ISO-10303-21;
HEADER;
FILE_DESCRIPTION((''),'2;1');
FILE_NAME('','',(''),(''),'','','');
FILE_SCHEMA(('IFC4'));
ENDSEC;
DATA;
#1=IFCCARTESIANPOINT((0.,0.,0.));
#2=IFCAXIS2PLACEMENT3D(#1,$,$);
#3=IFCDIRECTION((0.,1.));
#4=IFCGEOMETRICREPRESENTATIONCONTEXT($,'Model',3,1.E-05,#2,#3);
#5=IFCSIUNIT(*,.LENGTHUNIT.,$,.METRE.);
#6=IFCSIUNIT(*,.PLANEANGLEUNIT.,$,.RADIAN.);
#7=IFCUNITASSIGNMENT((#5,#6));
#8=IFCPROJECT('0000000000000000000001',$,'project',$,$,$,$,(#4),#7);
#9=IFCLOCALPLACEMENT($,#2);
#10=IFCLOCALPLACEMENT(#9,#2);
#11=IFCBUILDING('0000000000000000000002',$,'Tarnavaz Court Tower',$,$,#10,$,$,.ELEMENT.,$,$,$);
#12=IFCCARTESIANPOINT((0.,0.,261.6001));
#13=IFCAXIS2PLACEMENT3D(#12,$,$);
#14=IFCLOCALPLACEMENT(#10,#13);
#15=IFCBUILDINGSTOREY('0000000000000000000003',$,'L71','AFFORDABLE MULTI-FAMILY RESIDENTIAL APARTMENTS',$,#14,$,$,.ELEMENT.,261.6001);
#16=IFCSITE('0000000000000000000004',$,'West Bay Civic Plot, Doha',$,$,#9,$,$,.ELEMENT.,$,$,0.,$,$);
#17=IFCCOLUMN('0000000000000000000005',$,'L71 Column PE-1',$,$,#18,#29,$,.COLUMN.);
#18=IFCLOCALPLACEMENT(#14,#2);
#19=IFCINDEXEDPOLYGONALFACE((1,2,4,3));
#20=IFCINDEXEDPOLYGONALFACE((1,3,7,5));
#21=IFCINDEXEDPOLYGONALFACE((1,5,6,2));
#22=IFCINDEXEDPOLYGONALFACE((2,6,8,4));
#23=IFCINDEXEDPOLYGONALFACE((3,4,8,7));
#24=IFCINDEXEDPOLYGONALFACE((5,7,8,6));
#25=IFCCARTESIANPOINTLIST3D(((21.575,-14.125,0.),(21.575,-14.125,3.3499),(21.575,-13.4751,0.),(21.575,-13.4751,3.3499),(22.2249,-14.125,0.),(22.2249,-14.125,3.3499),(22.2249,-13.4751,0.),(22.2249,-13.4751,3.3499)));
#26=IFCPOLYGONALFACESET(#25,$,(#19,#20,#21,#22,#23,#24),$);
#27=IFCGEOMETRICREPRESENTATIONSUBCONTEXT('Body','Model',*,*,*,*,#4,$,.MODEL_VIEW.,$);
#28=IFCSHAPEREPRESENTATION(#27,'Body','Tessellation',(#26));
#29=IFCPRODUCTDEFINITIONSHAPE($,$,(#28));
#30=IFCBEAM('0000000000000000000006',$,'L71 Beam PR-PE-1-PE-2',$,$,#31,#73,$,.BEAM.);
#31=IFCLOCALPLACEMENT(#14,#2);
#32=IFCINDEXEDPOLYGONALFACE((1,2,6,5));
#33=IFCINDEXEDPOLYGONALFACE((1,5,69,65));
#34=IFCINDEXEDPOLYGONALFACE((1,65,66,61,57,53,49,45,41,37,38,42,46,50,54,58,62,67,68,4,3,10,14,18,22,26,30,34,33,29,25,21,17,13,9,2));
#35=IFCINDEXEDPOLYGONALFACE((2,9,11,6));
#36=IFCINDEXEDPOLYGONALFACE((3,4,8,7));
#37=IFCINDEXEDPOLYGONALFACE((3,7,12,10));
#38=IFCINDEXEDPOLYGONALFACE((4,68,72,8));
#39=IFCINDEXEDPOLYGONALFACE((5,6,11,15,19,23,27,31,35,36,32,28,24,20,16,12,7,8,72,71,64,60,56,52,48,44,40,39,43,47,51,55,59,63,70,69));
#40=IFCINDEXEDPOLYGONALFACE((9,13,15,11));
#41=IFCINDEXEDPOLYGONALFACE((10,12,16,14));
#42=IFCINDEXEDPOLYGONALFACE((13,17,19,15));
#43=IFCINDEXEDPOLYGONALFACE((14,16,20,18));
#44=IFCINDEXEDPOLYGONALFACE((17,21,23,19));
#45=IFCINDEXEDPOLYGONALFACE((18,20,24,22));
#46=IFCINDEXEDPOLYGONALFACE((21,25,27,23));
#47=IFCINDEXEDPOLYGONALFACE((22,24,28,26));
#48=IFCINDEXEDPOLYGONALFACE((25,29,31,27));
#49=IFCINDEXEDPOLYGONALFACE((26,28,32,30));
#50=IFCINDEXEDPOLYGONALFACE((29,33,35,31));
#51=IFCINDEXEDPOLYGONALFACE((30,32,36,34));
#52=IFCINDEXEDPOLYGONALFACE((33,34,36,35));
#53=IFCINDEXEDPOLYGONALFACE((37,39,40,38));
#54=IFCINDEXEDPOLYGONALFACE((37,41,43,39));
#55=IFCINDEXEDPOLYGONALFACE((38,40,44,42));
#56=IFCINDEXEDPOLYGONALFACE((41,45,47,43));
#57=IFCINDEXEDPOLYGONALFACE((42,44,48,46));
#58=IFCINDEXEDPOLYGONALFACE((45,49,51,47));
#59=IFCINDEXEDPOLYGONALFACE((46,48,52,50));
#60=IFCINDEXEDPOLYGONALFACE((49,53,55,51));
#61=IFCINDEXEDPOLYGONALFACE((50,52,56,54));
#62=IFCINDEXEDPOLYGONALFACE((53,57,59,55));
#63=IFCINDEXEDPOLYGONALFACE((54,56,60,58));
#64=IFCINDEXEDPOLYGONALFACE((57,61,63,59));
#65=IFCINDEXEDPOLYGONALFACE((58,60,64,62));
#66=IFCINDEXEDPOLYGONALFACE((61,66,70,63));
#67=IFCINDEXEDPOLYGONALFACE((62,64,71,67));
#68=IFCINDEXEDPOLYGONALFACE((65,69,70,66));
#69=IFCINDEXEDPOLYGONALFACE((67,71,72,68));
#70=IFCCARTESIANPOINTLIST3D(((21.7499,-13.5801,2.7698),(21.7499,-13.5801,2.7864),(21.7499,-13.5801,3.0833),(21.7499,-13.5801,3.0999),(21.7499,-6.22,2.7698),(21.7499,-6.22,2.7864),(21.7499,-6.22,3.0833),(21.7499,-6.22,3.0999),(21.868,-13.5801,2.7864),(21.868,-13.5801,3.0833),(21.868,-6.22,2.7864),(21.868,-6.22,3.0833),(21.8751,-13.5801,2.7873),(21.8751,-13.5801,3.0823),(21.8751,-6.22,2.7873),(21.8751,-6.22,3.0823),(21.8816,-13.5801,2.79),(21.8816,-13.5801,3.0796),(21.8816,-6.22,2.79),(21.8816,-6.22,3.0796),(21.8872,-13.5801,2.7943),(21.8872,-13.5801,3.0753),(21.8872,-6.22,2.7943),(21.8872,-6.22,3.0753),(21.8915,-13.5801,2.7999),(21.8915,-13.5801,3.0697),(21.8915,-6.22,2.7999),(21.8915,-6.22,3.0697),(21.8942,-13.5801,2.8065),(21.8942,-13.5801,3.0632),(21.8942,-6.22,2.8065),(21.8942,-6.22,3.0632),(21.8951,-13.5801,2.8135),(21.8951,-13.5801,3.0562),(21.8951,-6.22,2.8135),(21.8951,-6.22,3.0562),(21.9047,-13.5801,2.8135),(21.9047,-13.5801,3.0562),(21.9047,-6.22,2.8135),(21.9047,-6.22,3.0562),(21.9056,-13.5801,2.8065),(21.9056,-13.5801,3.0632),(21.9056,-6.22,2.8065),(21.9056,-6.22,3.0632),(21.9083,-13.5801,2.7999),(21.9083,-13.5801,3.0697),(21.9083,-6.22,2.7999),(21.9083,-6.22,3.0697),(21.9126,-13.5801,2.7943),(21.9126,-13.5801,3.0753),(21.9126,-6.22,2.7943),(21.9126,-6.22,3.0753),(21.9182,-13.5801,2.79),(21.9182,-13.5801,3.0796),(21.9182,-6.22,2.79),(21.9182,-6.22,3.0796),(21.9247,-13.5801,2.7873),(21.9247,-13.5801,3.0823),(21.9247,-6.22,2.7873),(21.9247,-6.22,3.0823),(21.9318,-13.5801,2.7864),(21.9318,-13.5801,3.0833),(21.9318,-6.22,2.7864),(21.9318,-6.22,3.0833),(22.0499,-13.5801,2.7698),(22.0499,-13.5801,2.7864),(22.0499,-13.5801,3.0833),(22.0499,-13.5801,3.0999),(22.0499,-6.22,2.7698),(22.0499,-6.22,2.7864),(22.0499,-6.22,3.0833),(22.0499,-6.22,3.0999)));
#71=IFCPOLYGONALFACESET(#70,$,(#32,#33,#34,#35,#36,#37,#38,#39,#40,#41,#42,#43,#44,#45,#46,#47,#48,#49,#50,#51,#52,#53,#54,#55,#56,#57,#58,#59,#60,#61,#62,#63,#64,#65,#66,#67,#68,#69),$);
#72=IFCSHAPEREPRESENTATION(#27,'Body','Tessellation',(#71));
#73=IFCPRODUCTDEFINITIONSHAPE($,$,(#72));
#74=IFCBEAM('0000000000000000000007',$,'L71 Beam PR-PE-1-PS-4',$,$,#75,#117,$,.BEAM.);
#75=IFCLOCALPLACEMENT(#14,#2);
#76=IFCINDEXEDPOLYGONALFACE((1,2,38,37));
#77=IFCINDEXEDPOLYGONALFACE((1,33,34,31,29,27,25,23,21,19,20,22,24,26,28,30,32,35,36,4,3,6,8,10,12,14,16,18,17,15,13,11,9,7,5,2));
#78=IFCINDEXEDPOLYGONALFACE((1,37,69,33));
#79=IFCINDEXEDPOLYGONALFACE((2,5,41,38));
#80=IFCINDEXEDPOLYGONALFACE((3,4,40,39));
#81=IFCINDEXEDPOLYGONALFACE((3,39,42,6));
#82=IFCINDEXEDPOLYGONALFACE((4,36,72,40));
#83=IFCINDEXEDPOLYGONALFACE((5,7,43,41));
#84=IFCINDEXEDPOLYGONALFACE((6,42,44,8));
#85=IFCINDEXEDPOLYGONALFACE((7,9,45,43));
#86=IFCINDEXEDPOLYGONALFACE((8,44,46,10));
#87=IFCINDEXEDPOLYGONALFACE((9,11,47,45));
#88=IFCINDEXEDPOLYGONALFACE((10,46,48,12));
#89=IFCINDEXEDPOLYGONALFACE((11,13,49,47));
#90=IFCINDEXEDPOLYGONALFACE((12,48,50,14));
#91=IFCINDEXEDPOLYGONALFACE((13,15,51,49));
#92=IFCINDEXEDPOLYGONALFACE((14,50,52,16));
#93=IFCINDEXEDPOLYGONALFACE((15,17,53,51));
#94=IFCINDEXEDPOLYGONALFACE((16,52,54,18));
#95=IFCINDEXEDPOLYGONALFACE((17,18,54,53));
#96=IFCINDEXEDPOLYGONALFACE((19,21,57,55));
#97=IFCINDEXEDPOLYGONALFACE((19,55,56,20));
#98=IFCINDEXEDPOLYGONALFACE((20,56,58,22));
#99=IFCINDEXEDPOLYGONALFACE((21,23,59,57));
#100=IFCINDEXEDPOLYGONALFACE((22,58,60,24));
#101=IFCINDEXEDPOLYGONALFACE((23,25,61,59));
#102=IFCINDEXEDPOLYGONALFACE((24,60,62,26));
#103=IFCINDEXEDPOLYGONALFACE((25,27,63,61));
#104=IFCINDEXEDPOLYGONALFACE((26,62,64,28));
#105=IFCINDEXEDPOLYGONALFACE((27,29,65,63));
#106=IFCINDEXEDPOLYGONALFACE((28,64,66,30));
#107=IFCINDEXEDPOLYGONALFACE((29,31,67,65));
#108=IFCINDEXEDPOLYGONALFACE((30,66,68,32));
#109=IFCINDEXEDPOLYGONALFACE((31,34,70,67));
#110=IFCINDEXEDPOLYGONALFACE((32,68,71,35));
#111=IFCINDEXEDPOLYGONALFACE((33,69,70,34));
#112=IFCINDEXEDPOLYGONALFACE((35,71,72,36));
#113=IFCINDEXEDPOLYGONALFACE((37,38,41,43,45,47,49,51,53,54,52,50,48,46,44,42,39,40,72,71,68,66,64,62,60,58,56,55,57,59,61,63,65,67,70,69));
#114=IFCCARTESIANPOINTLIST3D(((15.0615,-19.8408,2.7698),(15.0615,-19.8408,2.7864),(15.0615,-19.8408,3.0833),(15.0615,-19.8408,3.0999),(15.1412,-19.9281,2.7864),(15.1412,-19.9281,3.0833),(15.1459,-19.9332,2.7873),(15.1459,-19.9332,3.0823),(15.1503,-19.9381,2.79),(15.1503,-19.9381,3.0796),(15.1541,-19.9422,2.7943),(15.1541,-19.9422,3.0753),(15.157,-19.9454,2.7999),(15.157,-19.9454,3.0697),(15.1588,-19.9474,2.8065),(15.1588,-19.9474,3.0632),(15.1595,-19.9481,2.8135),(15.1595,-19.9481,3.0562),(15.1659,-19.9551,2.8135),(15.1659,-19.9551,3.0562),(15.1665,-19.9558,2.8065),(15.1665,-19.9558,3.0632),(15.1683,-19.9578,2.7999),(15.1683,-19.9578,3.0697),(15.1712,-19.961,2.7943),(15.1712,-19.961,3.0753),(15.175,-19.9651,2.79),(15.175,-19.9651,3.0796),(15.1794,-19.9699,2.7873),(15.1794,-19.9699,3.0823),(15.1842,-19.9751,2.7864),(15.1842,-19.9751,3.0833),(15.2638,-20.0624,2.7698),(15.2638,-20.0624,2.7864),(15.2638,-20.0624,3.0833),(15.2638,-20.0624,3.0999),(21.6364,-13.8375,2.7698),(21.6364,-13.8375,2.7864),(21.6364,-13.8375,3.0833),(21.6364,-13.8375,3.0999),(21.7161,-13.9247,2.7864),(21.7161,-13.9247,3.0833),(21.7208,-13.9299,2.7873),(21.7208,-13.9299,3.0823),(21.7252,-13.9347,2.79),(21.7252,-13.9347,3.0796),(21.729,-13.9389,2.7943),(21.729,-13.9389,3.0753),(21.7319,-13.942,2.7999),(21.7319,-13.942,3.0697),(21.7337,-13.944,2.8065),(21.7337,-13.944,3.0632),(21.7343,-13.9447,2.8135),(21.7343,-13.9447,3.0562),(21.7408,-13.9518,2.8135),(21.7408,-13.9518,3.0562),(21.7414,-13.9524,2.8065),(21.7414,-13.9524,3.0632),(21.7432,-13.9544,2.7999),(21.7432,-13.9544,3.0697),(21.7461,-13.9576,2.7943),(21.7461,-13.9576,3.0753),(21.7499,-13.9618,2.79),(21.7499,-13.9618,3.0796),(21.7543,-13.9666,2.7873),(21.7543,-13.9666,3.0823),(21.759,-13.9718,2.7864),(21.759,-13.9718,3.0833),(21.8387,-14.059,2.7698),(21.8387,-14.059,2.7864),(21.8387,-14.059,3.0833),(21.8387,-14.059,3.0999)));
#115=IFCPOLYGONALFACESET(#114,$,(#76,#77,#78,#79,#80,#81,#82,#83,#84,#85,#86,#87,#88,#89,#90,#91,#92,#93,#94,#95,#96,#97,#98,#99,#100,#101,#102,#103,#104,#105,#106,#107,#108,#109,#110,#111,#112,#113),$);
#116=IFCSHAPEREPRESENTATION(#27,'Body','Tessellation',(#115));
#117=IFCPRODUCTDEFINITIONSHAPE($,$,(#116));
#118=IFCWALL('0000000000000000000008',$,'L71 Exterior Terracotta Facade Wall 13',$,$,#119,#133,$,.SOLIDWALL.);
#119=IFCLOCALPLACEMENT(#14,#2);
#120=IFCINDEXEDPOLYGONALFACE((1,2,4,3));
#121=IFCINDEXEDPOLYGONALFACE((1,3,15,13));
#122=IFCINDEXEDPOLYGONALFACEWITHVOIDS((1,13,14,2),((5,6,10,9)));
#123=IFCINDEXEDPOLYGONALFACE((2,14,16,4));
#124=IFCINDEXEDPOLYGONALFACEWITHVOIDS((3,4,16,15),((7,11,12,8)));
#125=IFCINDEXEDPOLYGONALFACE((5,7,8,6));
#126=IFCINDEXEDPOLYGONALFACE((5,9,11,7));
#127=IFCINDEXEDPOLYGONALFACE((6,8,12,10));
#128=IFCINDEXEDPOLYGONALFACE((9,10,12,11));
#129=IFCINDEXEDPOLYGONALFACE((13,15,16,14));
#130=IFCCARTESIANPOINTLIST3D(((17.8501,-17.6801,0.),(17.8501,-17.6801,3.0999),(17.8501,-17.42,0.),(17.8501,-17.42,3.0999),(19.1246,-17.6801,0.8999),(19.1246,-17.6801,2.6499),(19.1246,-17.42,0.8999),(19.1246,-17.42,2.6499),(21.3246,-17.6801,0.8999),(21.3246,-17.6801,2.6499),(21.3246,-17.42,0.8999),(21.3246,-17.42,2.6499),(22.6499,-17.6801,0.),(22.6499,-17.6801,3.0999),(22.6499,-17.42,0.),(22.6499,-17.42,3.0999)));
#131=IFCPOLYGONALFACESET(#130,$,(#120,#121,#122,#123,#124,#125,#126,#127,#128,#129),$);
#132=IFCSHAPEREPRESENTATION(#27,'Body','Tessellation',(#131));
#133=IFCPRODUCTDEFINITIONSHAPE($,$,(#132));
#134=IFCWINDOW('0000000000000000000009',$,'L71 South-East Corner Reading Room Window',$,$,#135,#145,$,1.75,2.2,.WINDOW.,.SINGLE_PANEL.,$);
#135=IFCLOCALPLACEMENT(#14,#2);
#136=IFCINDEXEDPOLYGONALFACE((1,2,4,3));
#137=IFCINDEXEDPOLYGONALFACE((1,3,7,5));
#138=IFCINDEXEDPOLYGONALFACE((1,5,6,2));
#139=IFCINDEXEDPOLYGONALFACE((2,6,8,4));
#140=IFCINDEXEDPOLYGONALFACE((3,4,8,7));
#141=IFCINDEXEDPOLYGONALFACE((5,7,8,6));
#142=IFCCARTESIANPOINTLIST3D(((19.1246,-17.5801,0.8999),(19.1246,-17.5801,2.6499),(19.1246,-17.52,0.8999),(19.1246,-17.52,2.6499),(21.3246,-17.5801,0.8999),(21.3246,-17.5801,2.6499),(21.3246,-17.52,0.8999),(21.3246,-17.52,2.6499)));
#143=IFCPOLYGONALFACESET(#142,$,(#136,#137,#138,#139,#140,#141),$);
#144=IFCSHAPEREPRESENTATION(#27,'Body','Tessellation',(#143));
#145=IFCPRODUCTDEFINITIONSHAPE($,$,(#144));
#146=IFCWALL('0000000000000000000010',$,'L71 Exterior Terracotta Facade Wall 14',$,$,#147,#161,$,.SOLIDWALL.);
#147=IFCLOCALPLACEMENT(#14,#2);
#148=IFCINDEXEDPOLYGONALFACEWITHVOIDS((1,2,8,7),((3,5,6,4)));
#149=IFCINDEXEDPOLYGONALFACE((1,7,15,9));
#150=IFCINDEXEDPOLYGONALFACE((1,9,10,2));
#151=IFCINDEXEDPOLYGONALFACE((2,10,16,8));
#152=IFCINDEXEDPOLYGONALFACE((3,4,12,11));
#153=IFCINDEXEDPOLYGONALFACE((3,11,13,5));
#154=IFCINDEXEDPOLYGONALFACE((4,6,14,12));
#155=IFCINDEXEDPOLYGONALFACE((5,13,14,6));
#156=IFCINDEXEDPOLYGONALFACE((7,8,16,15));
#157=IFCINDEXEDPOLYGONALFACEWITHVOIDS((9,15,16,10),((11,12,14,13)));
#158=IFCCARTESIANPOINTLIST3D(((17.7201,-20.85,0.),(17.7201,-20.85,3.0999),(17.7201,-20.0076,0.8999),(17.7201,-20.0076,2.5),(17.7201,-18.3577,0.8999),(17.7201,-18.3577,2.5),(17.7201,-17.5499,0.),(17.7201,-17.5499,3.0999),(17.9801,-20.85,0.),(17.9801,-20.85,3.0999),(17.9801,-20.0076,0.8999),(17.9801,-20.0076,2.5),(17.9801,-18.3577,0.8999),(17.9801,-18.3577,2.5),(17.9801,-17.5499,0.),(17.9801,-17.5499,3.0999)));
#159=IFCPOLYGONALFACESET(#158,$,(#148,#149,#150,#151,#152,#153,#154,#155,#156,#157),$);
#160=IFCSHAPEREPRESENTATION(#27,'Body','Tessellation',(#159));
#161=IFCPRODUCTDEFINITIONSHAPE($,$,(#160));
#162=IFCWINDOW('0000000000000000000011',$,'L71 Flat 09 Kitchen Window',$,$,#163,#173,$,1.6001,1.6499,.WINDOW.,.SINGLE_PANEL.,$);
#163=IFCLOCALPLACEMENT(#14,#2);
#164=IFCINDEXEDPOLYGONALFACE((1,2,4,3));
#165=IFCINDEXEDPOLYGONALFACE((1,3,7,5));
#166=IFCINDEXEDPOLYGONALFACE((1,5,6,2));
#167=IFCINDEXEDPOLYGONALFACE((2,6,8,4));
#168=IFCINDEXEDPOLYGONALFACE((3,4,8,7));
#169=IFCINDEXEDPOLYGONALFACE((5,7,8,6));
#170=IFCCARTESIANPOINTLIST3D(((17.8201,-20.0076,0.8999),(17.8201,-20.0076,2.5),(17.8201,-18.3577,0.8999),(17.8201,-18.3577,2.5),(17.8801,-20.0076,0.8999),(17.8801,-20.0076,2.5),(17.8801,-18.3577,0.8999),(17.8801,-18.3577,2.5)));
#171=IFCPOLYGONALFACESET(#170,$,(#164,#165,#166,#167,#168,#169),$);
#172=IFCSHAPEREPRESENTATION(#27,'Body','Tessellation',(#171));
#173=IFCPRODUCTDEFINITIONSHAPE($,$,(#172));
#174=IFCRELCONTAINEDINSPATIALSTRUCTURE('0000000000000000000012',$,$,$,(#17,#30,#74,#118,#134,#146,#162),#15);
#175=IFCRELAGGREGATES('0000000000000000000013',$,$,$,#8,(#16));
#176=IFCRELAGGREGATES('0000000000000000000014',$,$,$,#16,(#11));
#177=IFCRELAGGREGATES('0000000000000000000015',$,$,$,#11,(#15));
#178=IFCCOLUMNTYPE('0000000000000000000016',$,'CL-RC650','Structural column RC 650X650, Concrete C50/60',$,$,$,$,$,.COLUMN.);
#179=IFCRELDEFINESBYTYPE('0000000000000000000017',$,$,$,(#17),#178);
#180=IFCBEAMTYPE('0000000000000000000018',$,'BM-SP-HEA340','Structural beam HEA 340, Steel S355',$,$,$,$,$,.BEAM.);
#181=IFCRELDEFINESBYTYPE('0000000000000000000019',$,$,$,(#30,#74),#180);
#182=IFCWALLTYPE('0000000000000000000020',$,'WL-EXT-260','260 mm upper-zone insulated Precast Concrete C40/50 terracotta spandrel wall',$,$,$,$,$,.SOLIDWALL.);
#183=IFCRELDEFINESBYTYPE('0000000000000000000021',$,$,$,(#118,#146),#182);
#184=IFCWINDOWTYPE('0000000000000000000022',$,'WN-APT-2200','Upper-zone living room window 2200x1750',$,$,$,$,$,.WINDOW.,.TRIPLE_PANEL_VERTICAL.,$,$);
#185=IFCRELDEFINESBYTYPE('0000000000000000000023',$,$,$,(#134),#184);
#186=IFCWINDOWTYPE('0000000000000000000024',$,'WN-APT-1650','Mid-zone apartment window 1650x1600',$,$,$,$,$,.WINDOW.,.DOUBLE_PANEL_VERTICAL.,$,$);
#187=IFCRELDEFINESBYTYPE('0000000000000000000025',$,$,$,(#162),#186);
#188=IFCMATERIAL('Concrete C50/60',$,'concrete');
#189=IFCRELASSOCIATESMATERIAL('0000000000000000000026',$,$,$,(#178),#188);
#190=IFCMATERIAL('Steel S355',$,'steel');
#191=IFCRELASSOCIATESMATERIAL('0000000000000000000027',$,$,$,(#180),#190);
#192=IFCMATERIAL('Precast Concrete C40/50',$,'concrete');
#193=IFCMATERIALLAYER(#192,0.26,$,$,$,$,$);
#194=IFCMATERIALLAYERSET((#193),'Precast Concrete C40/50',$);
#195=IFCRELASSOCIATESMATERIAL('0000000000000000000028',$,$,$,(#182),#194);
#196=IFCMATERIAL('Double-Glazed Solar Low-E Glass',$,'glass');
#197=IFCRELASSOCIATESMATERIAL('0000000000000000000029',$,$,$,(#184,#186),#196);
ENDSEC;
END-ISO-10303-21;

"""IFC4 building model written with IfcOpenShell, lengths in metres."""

from ifc_helpers import new_model, si_unit, direction, frame, frame_2d, origin, origin_2d, place, context, subcontext, project, spatial, rectangle, i_section, extrude, material, layer, layer_set, material_profile, profile_set, type_object, element, fill, save


model = new_model("IFC4")

# Units and contexts
model_context = context("Model", 3, precision=1e-05, world=origin(), true_north=direction((0.0, 1.0)))
body_context = subcontext(model_context, "Body", "Model", "MODEL_VIEW")
ifc_project = project(units=[si_unit("LENGTHUNIT", "METRE"), si_unit("PLANEANGLEUNIT", "RADIAN")], contexts=[model_context])

# Site, building, storey
site_placement = place(None, origin())
site = spatial("IfcSite", under=ifc_project, at=site_placement, Name="West Bay Civic Plot, Doha", CompositionType="ELEMENT", RefElevation=0.0)
building_placement = place(site_placement, origin())
building = spatial("IfcBuilding", under=site, at=building_placement, Name="Tarnavaz Court Tower", CompositionType="ELEMENT")
storey_placement = place(building_placement, frame((0.0, 0.0, 261.6001)))
storey = spatial("IfcBuildingStorey", under=building, at=storey_placement, Name="L71", Description="AFFORDABLE MULTI-FAMILY RESIDENTIAL APARTMENTS", CompositionType="ELEMENT", Elevation=261.6001)

# Column
ifc_material_1 = material(Name="Concrete C50/60", Category="concrete")
ifc_material_profile_1 = material_profile(ifc_material_1, rectangle(XDim=0.6499, YDim=0.6499, at=origin_2d()), Name="RC 650X650")
ifc_profile_set_1 = profile_set([ifc_material_profile_1], Name="Concrete C50/60")
column_type = type_object("IfcColumnType", Name="CL-RC650", Description="Structural column RC 650X650, Concrete C50/60", PredefinedType="COLUMN", material=ifc_profile_set_1)
column_placement = place(storey_placement, frame((21.8999, -13.8, 0.0), z_axis=(0.0, 0.0, 1.0), x_axis=(1.0, 0.0, 0.0)))
element("IfcColumn", 1, at=column_placement, inside=storey, type_object=column_type, Name="L71 Column PE-1", PredefinedType="COLUMN", context=body_context, shape_type="SweptSolid", body=[
    extrude(rectangle(XDim=0.6499, YDim=0.6499, at=origin_2d()), origin(), (0.0, 0.0, 1.0), 3.3499),
])

# Beams
ifc_material_2 = material(Name="Steel S355", Category="steel")
ifc_material_profile_2 = material_profile(ifc_material_2, i_section(OverallWidth=0.3, OverallDepth=0.3301, WebThickness=0.0095, FlangeThickness=0.0166, FilletRadius=0.0271, at=origin_2d()), Name="HEA 340")
ifc_profile_set_2 = profile_set([ifc_material_profile_2], Name="Steel S355")
beam_type = type_object("IfcBeamType", Name="BM-SP-HEA340", Description="Structural beam HEA 340, Steel S355", PredefinedType="BEAM", material=ifc_profile_set_2)
beam_1_placement = place(storey_placement, frame((21.8999, -13.5801, 2.9348), z_axis=(0.0, 1.0, 0.0), x_axis=(-1.0, 0.0, 0.0)))
element("IfcBeam", 2, at=beam_1_placement, inside=storey, type_object=beam_type, Name="L71 Beam PR-PE-1-PE-2", PredefinedType="BEAM", context=body_context, shape_type="SweptSolid", body=[
    extrude(i_section(OverallWidth=0.3, OverallDepth=0.3301, WebThickness=0.0095, FlangeThickness=0.0166, FilletRadius=0.0271, at=origin_2d()), origin(), (0.0, 0.0, 1.0), 7.3601),
])
beam_2_placement = place(storey_placement, frame((21.7375, -13.9482, 2.9348), z_axis=(-0.738474, -0.674282, 0.0), x_axis=(0.674282, -0.738474, 0.0)))
element("IfcBeam", 3, at=beam_2_placement, inside=storey, type_object=beam_type, Name="L71 Beam PR-PE-1-PS-4", PredefinedType="BEAM", context=body_context, shape_type="SweptSolid", body=[
    extrude(i_section(OverallWidth=0.3, OverallDepth=0.3301, WebThickness=0.0095, FlangeThickness=0.0166, FilletRadius=0.0271, at=origin_2d()), origin(), (0.0, 0.0, 1.0), 8.9033),
])

# Walls, openings, windows
ifc_material_3 = material(Name="Precast Concrete C40/50", Category="concrete")
ifc_layer_1 = layer(ifc_material_3, 0.26)
ifc_layer_set_1 = layer_set([ifc_layer_1], Name="Precast Concrete C40/50")
wall_type_1 = type_object("IfcWallType", Name="WL-EXT-260", Description="260 mm upper-zone insulated Precast Concrete C40/50 terracotta spandrel wall", PredefinedType="SOLIDWALL", material=ifc_layer_set_1)
wall_1_placement = place(storey_placement, frame((22.6499, -17.55, 0.0), z_axis=(0.0, 0.0, 1.0), x_axis=(-1.0, 0.0, 0.0)))
wall_1 = element("IfcWall", 4, at=wall_1_placement, inside=storey, type_object=wall_type_1, Name="L71 Exterior Terracotta Facade Wall 13", PredefinedType="SOLIDWALL", context=body_context, shape_type="SweptSolid", body=[
    extrude(rectangle(XDim=4.7998, YDim=0.26, at=frame_2d((2.3999, 0.0))), origin(), (0.0, 0.0, 1.0), 3.0999),
])
opening_1_placement = place(wall_1_placement, frame((1.3252, 0.0, 0.8999)))
opening_1 = element("IfcOpeningElement", 5, at=opening_1_placement, cuts=wall_1, PredefinedType="OPENING", context=body_context, shape_type="SweptSolid", body=[
    extrude(rectangle(XDim=2.2, YDim=1.75, at=frame_2d((1.1001, 0.875))), frame((0.0, 0.1399, 0.0), z_axis=(0.0, -1.0, 0.0), x_axis=(1.0, 0.0, 0.0)), (0.0, 0.0, 1.0), 0.28),
])
ifc_material_4 = material(Name="Double-Glazed Solar Low-E Glass", Category="glass")
window_type_1 = type_object("IfcWindowType", Name="WN-APT-2200", Description="Upper-zone living room window 2200x1750", PartitioningType="TRIPLE_PANEL_VERTICAL", PredefinedType="WINDOW", material=ifc_material_4)
window_1_placement = place(opening_1_placement, origin())
window_1 = element("IfcWindow", 6, at=window_1_placement, inside=storey, type_object=window_type_1, Name="L71 South-East Corner Reading Room Window", OverallHeight=1.75, OverallWidth=2.2, PartitioningType="SINGLE_PANEL", PredefinedType="WINDOW", context=body_context, shape_type="SweptSolid", body=[
    extrude(rectangle(XDim=2.2, YDim=1.75, at=frame_2d((1.1001, 0.875))), frame((0.0, 0.03, 0.0), z_axis=(0.0, -1.0, 0.0), x_axis=(1.0, 0.0, 0.0)), (0.0, 0.0, 1.0), 0.0601),
])
fill(opening_1, window_1)
wall_2_placement = place(storey_placement, frame((17.8501, -17.55, 0.0), z_axis=(0.0, 0.0, 1.0), x_axis=(0.0, -1.0, 0.0)))
wall_2 = element("IfcWall", 7, at=wall_2_placement, inside=storey, type_object=wall_type_1, Name="L71 Exterior Terracotta Facade Wall 14", PredefinedType="SOLIDWALL", context=body_context, shape_type="SweptSolid", body=[
    extrude(rectangle(XDim=3.3, YDim=0.26, at=frame_2d((1.6499, 0.0))), origin(), (0.0, 0.0, 1.0), 3.0999),
])
opening_2_placement = place(wall_2_placement, frame((0.8076, 0.0, 0.8999)))
opening_2 = element("IfcOpeningElement", 8, at=opening_2_placement, cuts=wall_2, PredefinedType="OPENING", context=body_context, shape_type="SweptSolid", body=[
    extrude(rectangle(XDim=1.6499, YDim=1.6001, at=frame_2d((0.825, 0.8))), frame((0.0, 0.1399, 0.0), z_axis=(0.0, -1.0, 0.0), x_axis=(1.0, 0.0, 0.0)), (0.0, 0.0, 1.0), 0.28),
])
window_type_2 = type_object("IfcWindowType", Name="WN-APT-1650", Description="Mid-zone apartment window 1650x1600", PartitioningType="DOUBLE_PANEL_VERTICAL", PredefinedType="WINDOW", material=ifc_material_4)
window_2_placement = place(opening_2_placement, origin())
window_2 = element("IfcWindow", 9, at=window_2_placement, inside=storey, type_object=window_type_2, Name="L71 Flat 09 Kitchen Window", OverallHeight=1.6001, OverallWidth=1.6499, PartitioningType="SINGLE_PANEL", PredefinedType="WINDOW", context=body_context, shape_type="SweptSolid", body=[
    extrude(rectangle(XDim=1.6499, YDim=1.6001, at=frame_2d((0.825, 0.8))), frame((0.0, 0.03, 0.0), z_axis=(0.0, -1.0, 0.0), x_axis=(1.0, 0.0, 0.0)), (0.0, 0.0, 1.0), 0.0601),
])
fill(opening_2, window_2)

save(model, "model.ifc")
